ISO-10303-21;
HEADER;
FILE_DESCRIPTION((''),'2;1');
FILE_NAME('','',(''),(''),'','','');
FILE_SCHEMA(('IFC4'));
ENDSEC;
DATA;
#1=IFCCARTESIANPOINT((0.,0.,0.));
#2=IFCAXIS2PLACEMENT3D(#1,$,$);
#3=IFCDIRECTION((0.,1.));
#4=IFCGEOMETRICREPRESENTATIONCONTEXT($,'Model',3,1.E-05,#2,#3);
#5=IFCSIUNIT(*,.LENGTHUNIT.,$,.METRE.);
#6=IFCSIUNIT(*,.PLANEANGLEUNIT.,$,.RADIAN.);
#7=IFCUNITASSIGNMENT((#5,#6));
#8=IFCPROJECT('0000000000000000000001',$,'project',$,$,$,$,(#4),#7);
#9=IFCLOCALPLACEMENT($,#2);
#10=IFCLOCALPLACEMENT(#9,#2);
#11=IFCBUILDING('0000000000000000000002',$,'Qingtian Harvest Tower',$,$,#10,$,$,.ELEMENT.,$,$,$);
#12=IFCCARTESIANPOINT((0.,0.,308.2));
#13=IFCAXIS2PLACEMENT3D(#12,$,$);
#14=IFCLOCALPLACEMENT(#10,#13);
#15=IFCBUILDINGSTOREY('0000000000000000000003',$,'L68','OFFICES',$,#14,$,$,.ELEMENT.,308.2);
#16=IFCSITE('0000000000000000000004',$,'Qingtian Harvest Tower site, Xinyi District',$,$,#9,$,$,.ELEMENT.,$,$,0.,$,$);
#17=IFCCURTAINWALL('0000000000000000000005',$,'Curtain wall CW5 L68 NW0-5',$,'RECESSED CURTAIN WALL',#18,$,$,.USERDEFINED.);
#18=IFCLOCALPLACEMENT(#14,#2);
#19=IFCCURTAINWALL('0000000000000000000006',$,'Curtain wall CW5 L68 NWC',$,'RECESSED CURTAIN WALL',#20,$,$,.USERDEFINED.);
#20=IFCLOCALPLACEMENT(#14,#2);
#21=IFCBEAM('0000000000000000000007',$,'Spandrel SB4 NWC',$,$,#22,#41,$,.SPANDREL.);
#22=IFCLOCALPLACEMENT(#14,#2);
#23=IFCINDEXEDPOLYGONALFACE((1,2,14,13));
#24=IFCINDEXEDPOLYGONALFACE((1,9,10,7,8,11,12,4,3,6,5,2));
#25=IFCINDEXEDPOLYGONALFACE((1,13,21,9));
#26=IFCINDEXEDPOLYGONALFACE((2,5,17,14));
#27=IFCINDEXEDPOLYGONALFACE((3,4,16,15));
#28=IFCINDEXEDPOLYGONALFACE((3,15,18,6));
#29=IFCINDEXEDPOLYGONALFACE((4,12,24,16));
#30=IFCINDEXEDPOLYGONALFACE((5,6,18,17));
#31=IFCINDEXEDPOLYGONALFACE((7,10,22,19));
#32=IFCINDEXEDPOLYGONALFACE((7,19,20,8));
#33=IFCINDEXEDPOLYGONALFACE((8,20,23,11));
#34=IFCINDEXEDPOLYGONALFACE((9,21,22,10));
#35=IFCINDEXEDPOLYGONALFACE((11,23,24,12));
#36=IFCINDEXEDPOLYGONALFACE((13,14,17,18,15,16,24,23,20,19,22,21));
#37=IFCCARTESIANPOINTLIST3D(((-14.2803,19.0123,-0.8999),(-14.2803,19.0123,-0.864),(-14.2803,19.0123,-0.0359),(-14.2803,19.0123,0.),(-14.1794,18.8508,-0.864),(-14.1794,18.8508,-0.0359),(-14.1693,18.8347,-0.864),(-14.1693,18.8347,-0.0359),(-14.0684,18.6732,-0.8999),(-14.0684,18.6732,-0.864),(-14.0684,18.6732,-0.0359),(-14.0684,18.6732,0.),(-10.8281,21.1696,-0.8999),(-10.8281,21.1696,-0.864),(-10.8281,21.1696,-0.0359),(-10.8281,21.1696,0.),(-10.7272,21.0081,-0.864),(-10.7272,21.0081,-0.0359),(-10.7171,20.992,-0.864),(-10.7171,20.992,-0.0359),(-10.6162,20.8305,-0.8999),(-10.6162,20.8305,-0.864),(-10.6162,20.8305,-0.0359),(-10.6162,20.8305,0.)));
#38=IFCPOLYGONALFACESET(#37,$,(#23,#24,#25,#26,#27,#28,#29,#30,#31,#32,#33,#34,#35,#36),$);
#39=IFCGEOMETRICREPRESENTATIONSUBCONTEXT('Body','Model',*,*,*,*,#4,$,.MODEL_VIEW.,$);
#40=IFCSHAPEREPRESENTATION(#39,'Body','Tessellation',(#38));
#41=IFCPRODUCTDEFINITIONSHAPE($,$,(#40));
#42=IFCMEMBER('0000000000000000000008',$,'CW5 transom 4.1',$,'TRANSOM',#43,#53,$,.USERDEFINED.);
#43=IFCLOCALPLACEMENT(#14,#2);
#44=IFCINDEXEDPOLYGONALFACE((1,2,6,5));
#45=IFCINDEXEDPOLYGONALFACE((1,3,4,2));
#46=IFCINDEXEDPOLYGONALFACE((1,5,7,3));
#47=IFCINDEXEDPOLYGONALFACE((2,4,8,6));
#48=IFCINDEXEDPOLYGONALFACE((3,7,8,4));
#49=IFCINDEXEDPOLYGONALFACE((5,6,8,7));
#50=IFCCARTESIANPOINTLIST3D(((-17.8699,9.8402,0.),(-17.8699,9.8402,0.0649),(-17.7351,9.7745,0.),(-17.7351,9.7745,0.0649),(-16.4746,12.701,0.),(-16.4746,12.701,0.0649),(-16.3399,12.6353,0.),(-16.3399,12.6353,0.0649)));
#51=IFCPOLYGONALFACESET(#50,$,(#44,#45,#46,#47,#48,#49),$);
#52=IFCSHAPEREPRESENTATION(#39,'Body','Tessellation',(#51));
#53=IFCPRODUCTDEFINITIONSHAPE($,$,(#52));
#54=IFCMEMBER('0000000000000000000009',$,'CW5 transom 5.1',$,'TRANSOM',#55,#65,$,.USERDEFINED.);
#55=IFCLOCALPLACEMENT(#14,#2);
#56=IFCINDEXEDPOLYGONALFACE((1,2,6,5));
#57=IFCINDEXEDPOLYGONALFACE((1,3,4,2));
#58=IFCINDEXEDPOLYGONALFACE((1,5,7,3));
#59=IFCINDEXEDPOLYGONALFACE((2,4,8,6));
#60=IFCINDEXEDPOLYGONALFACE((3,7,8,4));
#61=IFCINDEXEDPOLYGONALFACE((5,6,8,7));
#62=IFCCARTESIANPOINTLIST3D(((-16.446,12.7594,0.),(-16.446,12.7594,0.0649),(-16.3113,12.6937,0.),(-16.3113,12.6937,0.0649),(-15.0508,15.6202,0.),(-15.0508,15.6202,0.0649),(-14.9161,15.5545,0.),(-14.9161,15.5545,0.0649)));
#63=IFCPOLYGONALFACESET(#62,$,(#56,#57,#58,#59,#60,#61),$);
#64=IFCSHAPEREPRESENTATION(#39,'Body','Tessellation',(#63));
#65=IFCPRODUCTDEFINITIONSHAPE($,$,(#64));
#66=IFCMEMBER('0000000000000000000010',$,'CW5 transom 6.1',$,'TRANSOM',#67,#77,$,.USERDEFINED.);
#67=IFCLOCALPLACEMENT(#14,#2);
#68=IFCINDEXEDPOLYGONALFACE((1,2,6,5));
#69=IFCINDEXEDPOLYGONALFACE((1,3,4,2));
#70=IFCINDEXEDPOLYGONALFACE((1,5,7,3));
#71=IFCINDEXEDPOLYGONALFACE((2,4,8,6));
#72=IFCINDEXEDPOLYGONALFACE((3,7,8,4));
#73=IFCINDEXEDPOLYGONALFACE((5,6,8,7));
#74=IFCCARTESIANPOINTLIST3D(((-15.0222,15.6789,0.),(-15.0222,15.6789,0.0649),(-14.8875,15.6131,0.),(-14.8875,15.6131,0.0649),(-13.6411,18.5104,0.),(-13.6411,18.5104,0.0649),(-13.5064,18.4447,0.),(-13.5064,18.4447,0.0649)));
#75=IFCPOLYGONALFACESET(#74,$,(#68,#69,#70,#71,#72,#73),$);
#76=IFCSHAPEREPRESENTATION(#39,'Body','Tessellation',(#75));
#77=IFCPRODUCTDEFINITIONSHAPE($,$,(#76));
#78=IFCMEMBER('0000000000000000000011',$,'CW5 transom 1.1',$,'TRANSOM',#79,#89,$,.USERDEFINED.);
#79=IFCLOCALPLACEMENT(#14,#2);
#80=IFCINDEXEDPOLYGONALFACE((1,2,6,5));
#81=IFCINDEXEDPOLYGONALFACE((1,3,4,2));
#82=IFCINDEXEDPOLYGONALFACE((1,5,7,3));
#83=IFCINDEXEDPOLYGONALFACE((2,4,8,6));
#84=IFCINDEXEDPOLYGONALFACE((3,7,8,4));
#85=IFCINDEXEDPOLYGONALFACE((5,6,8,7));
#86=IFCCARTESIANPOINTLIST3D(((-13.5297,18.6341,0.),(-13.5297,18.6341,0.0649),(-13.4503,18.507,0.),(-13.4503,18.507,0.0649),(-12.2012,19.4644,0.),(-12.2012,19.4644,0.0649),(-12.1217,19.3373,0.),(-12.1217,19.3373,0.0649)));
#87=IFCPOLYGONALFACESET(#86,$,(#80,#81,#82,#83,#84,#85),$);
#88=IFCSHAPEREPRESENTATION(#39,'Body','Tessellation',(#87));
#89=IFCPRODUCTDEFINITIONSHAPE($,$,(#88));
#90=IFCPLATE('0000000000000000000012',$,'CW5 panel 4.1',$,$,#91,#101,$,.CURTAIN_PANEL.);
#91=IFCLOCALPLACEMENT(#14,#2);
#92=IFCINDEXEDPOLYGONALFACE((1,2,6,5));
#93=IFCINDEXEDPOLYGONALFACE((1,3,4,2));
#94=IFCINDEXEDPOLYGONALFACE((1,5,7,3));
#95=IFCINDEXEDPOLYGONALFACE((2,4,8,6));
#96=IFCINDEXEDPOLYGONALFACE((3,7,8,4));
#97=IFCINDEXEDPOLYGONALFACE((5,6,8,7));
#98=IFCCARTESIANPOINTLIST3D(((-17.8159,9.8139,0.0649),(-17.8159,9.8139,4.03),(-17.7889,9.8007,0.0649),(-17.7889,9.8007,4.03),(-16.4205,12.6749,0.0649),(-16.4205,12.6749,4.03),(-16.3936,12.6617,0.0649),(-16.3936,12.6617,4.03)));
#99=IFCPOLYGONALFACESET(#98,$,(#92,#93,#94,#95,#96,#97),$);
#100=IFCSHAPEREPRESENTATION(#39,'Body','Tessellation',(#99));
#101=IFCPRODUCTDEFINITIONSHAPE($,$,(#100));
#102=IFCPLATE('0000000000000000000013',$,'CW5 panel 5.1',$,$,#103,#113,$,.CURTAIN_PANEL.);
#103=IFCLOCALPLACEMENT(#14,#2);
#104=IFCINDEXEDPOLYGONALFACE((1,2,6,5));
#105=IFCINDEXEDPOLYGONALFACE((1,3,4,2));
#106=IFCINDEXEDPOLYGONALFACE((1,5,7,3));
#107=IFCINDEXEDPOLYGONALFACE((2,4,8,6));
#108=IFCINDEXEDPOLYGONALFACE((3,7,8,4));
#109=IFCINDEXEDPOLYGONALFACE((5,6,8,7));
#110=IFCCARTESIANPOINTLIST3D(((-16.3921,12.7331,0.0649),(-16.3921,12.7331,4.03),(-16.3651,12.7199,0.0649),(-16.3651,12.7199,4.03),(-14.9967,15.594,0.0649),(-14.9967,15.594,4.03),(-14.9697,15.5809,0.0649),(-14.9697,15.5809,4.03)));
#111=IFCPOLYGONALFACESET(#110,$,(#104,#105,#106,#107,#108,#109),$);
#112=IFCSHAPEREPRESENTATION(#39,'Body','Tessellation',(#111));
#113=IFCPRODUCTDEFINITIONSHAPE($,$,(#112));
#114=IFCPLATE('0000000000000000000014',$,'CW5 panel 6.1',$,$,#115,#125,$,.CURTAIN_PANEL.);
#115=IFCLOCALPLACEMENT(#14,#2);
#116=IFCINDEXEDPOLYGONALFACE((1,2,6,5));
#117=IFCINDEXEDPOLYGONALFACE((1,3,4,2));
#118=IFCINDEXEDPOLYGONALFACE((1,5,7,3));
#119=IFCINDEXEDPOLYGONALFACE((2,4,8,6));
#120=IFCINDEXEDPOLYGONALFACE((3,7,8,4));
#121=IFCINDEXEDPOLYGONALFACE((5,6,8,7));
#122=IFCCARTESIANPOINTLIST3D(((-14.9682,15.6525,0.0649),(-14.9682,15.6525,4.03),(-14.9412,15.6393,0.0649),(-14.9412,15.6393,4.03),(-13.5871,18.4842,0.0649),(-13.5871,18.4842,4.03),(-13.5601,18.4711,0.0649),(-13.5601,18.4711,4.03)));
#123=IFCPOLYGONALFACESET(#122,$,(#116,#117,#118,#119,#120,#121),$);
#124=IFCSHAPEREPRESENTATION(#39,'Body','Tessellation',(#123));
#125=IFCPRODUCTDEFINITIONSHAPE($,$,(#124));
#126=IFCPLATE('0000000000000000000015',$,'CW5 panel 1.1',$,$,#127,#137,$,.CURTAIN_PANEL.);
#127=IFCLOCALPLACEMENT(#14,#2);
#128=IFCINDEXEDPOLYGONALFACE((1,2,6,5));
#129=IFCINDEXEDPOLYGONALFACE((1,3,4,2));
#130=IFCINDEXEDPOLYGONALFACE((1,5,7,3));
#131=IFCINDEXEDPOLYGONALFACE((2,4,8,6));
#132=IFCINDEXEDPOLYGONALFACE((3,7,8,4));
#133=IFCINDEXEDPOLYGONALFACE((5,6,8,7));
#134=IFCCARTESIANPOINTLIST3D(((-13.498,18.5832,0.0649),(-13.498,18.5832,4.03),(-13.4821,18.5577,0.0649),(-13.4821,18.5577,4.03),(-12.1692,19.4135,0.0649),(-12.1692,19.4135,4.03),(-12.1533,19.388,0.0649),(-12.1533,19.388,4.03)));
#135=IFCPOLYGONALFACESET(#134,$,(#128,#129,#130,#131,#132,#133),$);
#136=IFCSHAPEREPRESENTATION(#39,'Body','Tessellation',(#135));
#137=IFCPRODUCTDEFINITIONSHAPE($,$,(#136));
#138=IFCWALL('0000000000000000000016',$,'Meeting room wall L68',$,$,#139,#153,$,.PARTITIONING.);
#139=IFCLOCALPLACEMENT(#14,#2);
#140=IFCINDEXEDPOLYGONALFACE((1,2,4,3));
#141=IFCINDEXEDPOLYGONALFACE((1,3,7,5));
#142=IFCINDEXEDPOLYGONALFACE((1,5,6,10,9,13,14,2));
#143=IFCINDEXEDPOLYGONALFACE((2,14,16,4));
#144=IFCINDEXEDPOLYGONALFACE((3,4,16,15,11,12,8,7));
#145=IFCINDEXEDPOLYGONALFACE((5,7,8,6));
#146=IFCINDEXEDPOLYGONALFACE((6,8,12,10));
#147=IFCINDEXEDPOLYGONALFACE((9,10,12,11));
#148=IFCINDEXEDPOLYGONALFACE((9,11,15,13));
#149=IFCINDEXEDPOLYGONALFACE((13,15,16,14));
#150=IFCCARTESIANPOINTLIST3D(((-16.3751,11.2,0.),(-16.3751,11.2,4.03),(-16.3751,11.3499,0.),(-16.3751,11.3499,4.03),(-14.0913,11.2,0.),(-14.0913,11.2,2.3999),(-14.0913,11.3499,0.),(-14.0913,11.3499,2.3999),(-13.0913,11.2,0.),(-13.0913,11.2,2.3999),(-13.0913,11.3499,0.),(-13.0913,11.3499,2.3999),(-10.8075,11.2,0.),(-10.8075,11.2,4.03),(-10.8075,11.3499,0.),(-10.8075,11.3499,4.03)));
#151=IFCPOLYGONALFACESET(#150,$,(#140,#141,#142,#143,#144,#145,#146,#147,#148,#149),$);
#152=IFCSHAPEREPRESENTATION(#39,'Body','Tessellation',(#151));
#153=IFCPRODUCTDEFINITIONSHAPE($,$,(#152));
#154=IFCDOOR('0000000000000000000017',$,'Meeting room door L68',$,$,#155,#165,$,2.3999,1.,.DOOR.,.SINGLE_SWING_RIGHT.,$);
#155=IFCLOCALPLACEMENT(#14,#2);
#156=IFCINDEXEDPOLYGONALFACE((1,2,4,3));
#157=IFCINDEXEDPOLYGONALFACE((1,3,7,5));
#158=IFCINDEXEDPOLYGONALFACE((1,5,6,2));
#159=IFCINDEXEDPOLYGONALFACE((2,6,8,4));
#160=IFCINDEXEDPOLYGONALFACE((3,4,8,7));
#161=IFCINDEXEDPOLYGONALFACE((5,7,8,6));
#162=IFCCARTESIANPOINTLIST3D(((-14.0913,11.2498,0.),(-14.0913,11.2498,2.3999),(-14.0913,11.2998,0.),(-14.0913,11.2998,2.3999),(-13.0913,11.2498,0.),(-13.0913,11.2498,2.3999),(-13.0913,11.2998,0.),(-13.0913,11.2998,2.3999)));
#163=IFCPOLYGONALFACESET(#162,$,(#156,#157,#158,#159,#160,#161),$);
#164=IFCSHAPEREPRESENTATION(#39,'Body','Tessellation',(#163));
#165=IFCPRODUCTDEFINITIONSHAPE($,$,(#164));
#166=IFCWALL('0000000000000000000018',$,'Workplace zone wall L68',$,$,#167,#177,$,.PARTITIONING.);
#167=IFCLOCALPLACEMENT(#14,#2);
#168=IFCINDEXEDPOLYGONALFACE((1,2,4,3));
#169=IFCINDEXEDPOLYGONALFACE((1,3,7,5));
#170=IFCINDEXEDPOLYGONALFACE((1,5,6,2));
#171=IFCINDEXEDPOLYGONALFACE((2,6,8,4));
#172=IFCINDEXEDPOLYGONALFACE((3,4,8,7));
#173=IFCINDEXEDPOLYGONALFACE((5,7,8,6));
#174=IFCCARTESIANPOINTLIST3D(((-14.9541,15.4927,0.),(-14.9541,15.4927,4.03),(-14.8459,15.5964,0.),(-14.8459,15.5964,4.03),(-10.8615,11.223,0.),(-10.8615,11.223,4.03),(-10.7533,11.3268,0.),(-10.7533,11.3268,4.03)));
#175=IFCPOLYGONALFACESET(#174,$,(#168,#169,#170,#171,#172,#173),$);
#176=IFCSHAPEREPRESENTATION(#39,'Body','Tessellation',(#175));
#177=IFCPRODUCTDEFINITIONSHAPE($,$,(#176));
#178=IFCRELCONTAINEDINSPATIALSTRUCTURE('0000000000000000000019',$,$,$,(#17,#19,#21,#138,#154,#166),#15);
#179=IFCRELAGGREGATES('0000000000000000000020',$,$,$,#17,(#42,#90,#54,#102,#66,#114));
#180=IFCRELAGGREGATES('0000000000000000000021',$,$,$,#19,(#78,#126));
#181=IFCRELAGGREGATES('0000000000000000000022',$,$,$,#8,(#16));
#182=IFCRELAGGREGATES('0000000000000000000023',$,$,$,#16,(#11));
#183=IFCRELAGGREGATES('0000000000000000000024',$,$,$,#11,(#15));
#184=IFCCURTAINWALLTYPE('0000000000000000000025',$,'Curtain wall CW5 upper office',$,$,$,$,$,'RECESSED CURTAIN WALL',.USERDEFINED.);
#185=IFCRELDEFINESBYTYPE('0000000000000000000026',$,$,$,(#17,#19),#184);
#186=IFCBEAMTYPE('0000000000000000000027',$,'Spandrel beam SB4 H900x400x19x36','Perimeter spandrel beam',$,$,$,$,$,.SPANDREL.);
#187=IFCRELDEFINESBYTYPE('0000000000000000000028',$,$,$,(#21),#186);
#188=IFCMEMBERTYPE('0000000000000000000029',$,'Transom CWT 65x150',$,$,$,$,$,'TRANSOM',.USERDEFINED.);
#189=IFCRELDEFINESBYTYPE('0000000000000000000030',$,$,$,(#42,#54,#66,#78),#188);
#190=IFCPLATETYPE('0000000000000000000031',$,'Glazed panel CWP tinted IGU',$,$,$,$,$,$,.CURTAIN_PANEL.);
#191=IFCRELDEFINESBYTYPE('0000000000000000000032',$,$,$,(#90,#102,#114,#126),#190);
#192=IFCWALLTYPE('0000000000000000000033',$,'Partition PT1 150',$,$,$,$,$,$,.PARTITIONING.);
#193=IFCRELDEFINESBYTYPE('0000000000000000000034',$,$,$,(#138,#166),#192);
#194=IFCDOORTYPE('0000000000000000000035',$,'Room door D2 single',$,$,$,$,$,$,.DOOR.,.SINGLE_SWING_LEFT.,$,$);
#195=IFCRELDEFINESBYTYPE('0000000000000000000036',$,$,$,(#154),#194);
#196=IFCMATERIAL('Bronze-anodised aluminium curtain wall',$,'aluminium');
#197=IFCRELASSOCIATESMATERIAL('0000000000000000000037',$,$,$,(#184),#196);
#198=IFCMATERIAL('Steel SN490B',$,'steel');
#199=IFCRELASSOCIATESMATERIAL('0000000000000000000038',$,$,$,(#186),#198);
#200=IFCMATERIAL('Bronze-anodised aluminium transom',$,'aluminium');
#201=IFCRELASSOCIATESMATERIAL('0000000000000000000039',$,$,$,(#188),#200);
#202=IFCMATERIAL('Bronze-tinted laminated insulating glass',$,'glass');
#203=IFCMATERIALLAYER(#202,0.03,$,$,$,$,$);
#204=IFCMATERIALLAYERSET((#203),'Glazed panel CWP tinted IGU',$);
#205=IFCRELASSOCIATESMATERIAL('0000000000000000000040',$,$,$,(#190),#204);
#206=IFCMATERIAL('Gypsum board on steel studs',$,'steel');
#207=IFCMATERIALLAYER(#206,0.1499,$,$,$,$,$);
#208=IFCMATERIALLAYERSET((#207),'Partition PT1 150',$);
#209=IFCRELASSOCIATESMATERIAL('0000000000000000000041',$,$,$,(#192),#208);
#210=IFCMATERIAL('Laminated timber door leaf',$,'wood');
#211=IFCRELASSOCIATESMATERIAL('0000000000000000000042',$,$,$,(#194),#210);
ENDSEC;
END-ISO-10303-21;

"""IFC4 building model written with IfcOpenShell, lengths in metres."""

from ifc_helpers import new_model, si_unit, direction, frame, frame_2d, origin, origin_2d, place, context, subcontext, project, spatial, rectangle, i_section, extrude, material, layer, layer_set, material_profile, profile_set, type_object, element, fill, aggregate, save


model = new_model("IFC4")

# Units and contexts
model_context = context("Model", 3, precision=1e-05, world=origin(), true_north=direction((0.0, 1.0)))
body_context = subcontext(model_context, "Body", "Model", "MODEL_VIEW")
ifc_project = project(units=[si_unit("LENGTHUNIT", "METRE"), si_unit("PLANEANGLEUNIT", "RADIAN")], contexts=[model_context])

# Site, building, storey
site_placement = place(None, origin())
site = spatial("IfcSite", under=ifc_project, at=site_placement, Name="Qingtian Harvest Tower site, Xinyi District", CompositionType="ELEMENT", RefElevation=0.0)
building_placement = place(site_placement, origin())
building = spatial("IfcBuilding", under=site, at=building_placement, Name="Qingtian Harvest Tower", CompositionType="ELEMENT")
storey_placement = place(building_placement, frame((0.0, 0.0, 308.2)))
storey = spatial("IfcBuildingStorey", under=building, at=storey_placement, Name="L68", Description="OFFICES", CompositionType="ELEMENT", Elevation=308.2)

# Curtain walls
ifc_material_1 = material(Name="Bronze-anodised aluminium curtain wall", Category="aluminium")
curtain_wall_type = type_object("IfcCurtainWallType", Name="Curtain wall CW5 upper office", ElementType="RECESSED CURTAIN WALL", PredefinedType="USERDEFINED", material=ifc_material_1)
curtain_wall_1_placement = place(storey_placement, origin())
curtain_wall_1 = element("IfcCurtainWall", 1, at=curtain_wall_1_placement, inside=storey, type_object=curtain_wall_type, Name="Curtain wall CW5 L68 NW0-5", ObjectType="RECESSED CURTAIN WALL", PredefinedType="USERDEFINED")
curtain_wall_2_placement = place(storey_placement, origin())
curtain_wall_2 = element("IfcCurtainWall", 2, at=curtain_wall_2_placement, inside=storey, type_object=curtain_wall_type, Name="Curtain wall CW5 L68 NWC", ObjectType="RECESSED CURTAIN WALL", PredefinedType="USERDEFINED")

# Beam
ifc_material_2 = material(Name="Steel SN490B", Category="steel")
ifc_material_profile_1 = material_profile(ifc_material_2, i_section(OverallWidth=0.3999, OverallDepth=0.8999, WebThickness=0.019, FlangeThickness=0.0359, at=origin_2d()), Name="H900x400x19x36")
ifc_profile_set_1 = profile_set([ifc_material_profile_1], Name="Steel SN490B")
beam_type_1 = type_object("IfcBeamType", Name="Spandrel beam SB4 H900x400x19x36", Description="Perimeter spandrel beam", PredefinedType="SPANDREL", material=ifc_profile_set_1)
beam_1_placement = place(storey_placement, frame((-14.1743, 18.8428, -0.45), z_axis=(0.848039, 0.529934, 0.0), x_axis=(-0.529934, 0.848039, 0.0)))
element("IfcBeam", 3, at=beam_1_placement, inside=storey, type_object=beam_type_1, Name="Spandrel SB4 NWC", PredefinedType="SPANDREL", context=body_context, shape_type="SweptSolid", body=[
    extrude(i_section(OverallWidth=0.3999, OverallDepth=0.8999, WebThickness=0.019, FlangeThickness=0.0359, at=origin_2d()), origin(), (0.0, 0.0, 1.0), 4.0708),
])

# Members
ifc_material_3 = material(Name="Bronze-anodised aluminium transom", Category="aluminium")
ifc_material_profile_2 = material_profile(ifc_material_3, rectangle(XDim=0.1499, YDim=0.0649, at=origin_2d()), Name="AL 65x150")
ifc_profile_set_2 = profile_set([ifc_material_profile_2], Name="Bronze-anodised aluminium transom")
member_type_1 = type_object("IfcMemberType", Name="Transom CWT 65x150", ElementType="TRANSOM", PredefinedType="USERDEFINED", material=ifc_profile_set_2)
member_1_placement = place(storey_placement, frame((-17.8025, 9.8074, 0.0325), z_axis=(0.438356, 0.898802, 0.0), x_axis=(-0.898802, 0.438356, 0.0)))
member_1 = element("IfcMember", 4, at=member_1_placement, type_object=member_type_1, Name="CW5 transom 4.1", ObjectType="TRANSOM", PredefinedType="USERDEFINED", context=body_context, shape_type="SweptSolid", body=[
    extrude(rectangle(XDim=0.1499, YDim=0.0649, at=origin_2d()), origin(), (0.0, 0.0, 1.0), 3.1829),
])
member_2_placement = place(storey_placement, frame((-16.3787, 12.7266, 0.0325), z_axis=(0.438356, 0.898802, 0.0), x_axis=(-0.898802, 0.438356, 0.0)))
member_2 = element("IfcMember", 5, at=member_2_placement, type_object=member_type_1, Name="CW5 transom 5.1", ObjectType="TRANSOM", PredefinedType="USERDEFINED", context=body_context, shape_type="SweptSolid", body=[
    extrude(rectangle(XDim=0.1499, YDim=0.0649, at=origin_2d()), origin(), (0.0, 0.0, 1.0), 3.1829),
])
member_3_placement = place(storey_placement, frame((-14.9548, 15.646, 0.0325), z_axis=(0.438389, 0.898786, 0.0), x_axis=(-0.898786, 0.438389, 0.0)))
member_3 = element("IfcMember", 6, at=member_3_placement, type_object=member_type_1, Name="CW5 transom 6.1", ObjectType="TRANSOM", PredefinedType="USERDEFINED", context=body_context, shape_type="SweptSolid", body=[
    extrude(rectangle(XDim=0.1499, YDim=0.0649, at=origin_2d()), origin(), (0.0, 0.0, 1.0), 3.1504),
])
member_4_placement = place(storey_placement, frame((-13.49, 18.5706, 0.0325), z_axis=(0.848016, 0.529971, 0.0), x_axis=(-0.529971, 0.848016, 0.0)))
member_4 = element("IfcMember", 7, at=member_4_placement, type_object=member_type_1, Name="CW5 transom 1.1", ObjectType="TRANSOM", PredefinedType="USERDEFINED", context=body_context, shape_type="SweptSolid", body=[
    extrude(rectangle(XDim=0.1499, YDim=0.0649, at=origin_2d()), origin(), (0.0, 0.0, 1.0), 1.5667),
])

# Plates
ifc_material_4 = material(Name="Bronze-tinted laminated insulating glass", Category="glass")
ifc_layer_1 = layer(ifc_material_4, 0.03)
ifc_layer_set_1 = layer_set([ifc_layer_1], Name="Glazed panel CWP tinted IGU")
plate_type = type_object("IfcPlateType", Name="Glazed panel CWP tinted IGU", PredefinedType="CURTAIN_PANEL", material=ifc_layer_set_1)
plate_1_placement = place(storey_placement, frame((-17.1047, 11.2378, 0.0649), z_axis=(0.0, 0.0, 1.0), x_axis=(0.438371, 0.898794, 0.0)))
plate_1 = element("IfcPlate", 8, at=plate_1_placement, type_object=plate_type, Name="CW5 panel 4.1", PredefinedType="CURTAIN_PANEL", context=body_context, shape_type="SweptSolid", body=[
    extrude(rectangle(XDim=3.1831, YDim=0.03, at=origin_2d()), origin(), (0.0, 0.0, 1.0), 3.9651),
])
plate_2_placement = place(storey_placement, frame((-15.6809, 14.157, 0.0649), z_axis=(0.0, 0.0, 1.0), x_axis=(0.438371, 0.898794, 0.0)))
plate_2 = element("IfcPlate", 9, at=plate_2_placement, type_object=plate_type, Name="CW5 panel 5.1", PredefinedType="CURTAIN_PANEL", context=body_context, shape_type="SweptSolid", body=[
    extrude(rectangle(XDim=3.1831, YDim=0.03, at=origin_2d()), origin(), (0.0, 0.0, 1.0), 3.9651),
])
plate_3_placement = place(storey_placement, frame((-14.2642, 17.0618, 0.0649), z_axis=(0.0, 0.0, 1.0), x_axis=(0.438371, 0.898794, 0.0)))
plate_3 = element("IfcPlate", 10, at=plate_3_placement, type_object=plate_type, Name="CW5 panel 6.1", PredefinedType="CURTAIN_PANEL", context=body_context, shape_type="SweptSolid", body=[
    extrude(rectangle(XDim=3.1506, YDim=0.03, at=origin_2d()), origin(), (0.0, 0.0, 1.0), 3.9651),
])
aggregate(curtain_wall_1, [member_1, plate_1, member_2, plate_2, member_3, plate_3])
plate_4_placement = place(storey_placement, frame((-12.8257, 18.9856, 0.0649), z_axis=(0.0, 0.0, 1.0), x_axis=(0.848048, 0.529919, 0.0)))
plate_4 = element("IfcPlate", 11, at=plate_4_placement, type_object=plate_type, Name="CW5 panel 1.1", PredefinedType="CURTAIN_PANEL", context=body_context, shape_type="SweptSolid", body=[
    extrude(rectangle(XDim=1.5669, YDim=0.03, at=origin_2d()), origin(), (0.0, 0.0, 1.0), 3.9651),
])
aggregate(curtain_wall_2, [member_4, plate_4])

# Wall, opening, door
ifc_material_5 = material(Name="Gypsum board on steel studs", Category="steel")
ifc_layer_2 = layer(ifc_material_5, 0.1499)
ifc_layer_set_2 = layer_set([ifc_layer_2], Name="Partition PT1 150")
wall_type = type_object("IfcWallType", Name="Partition PT1 150", PredefinedType="PARTITIONING", material=ifc_layer_set_2)
wall_1_placement = place(storey_placement, frame((-16.375, 11.2749, 0.0), z_axis=(0.0, 0.0, 1.0), x_axis=(1.0, 0.0, 0.0)))
wall_1 = element("IfcWall", 12, at=wall_1_placement, inside=storey, type_object=wall_type, Name="Meeting room wall L68", PredefinedType="PARTITIONING", context=body_context, shape_type="SweptSolid", body=[
    extrude(rectangle(XDim=5.5676, YDim=0.1499, at=frame_2d((2.7837, 0.0))), origin(), (0.0, 0.0, 1.0), 4.03),
])
opening_placement = place(wall_1_placement, frame((2.2837, 0.0, 0.0)))
opening = element("IfcOpeningElement", 13, at=opening_placement, cuts=wall_1, PredefinedType="OPENING", context=body_context, shape_type="SweptSolid", body=[
    extrude(rectangle(XDim=1.0, YDim=2.3999, at=frame_2d((0.5, 1.2))), frame((0.0, 0.085, 0.0), z_axis=(0.0, -1.0, 0.0), x_axis=(1.0, 0.0, 0.0)), (0.0, 0.0, 1.0), 0.1699),
])
ifc_material_6 = material(Name="Laminated timber door leaf", Category="wood")
door_type = type_object("IfcDoorType", Name="Room door D2 single", OperationType="SINGLE_SWING_LEFT", PredefinedType="DOOR", material=ifc_material_6)
door_placement = place(opening_placement, origin())
door = element("IfcDoor", 14, at=door_placement, inside=storey, type_object=door_type, Name="Meeting room door L68", OperationType="SINGLE_SWING_RIGHT", OverallHeight=2.3999, OverallWidth=1.0, PredefinedType="DOOR", context=body_context, shape_type="SweptSolid", body=[
    extrude(rectangle(XDim=1.0, YDim=2.3999, at=frame_2d((0.5, 1.2))), frame((0.0, 0.0249, 0.0), z_axis=(0.0, -1.0, 0.0), x_axis=(1.0, 0.0, 0.0)), (0.0, 0.0, 1.0), 0.05),
])
fill(opening, door)

# Wall
wall_2_placement = place(storey_placement, frame((-14.8999, 15.5444, 0.0), z_axis=(0.0, 0.0, 1.0), x_axis=(0.691984, -0.721913, 0.0)))
element("IfcWall", 15, at=wall_2_placement, inside=storey, type_object=wall_type, Name="Workplace zone wall L68", PredefinedType="PARTITIONING", context=body_context, shape_type="SweptSolid", body=[
    extrude(rectangle(XDim=5.9143, YDim=0.1499, at=frame_2d((2.957, 0.0))), origin(), (0.0, 0.0, 1.0), 4.03),
])

save(model, "model.ifc")
